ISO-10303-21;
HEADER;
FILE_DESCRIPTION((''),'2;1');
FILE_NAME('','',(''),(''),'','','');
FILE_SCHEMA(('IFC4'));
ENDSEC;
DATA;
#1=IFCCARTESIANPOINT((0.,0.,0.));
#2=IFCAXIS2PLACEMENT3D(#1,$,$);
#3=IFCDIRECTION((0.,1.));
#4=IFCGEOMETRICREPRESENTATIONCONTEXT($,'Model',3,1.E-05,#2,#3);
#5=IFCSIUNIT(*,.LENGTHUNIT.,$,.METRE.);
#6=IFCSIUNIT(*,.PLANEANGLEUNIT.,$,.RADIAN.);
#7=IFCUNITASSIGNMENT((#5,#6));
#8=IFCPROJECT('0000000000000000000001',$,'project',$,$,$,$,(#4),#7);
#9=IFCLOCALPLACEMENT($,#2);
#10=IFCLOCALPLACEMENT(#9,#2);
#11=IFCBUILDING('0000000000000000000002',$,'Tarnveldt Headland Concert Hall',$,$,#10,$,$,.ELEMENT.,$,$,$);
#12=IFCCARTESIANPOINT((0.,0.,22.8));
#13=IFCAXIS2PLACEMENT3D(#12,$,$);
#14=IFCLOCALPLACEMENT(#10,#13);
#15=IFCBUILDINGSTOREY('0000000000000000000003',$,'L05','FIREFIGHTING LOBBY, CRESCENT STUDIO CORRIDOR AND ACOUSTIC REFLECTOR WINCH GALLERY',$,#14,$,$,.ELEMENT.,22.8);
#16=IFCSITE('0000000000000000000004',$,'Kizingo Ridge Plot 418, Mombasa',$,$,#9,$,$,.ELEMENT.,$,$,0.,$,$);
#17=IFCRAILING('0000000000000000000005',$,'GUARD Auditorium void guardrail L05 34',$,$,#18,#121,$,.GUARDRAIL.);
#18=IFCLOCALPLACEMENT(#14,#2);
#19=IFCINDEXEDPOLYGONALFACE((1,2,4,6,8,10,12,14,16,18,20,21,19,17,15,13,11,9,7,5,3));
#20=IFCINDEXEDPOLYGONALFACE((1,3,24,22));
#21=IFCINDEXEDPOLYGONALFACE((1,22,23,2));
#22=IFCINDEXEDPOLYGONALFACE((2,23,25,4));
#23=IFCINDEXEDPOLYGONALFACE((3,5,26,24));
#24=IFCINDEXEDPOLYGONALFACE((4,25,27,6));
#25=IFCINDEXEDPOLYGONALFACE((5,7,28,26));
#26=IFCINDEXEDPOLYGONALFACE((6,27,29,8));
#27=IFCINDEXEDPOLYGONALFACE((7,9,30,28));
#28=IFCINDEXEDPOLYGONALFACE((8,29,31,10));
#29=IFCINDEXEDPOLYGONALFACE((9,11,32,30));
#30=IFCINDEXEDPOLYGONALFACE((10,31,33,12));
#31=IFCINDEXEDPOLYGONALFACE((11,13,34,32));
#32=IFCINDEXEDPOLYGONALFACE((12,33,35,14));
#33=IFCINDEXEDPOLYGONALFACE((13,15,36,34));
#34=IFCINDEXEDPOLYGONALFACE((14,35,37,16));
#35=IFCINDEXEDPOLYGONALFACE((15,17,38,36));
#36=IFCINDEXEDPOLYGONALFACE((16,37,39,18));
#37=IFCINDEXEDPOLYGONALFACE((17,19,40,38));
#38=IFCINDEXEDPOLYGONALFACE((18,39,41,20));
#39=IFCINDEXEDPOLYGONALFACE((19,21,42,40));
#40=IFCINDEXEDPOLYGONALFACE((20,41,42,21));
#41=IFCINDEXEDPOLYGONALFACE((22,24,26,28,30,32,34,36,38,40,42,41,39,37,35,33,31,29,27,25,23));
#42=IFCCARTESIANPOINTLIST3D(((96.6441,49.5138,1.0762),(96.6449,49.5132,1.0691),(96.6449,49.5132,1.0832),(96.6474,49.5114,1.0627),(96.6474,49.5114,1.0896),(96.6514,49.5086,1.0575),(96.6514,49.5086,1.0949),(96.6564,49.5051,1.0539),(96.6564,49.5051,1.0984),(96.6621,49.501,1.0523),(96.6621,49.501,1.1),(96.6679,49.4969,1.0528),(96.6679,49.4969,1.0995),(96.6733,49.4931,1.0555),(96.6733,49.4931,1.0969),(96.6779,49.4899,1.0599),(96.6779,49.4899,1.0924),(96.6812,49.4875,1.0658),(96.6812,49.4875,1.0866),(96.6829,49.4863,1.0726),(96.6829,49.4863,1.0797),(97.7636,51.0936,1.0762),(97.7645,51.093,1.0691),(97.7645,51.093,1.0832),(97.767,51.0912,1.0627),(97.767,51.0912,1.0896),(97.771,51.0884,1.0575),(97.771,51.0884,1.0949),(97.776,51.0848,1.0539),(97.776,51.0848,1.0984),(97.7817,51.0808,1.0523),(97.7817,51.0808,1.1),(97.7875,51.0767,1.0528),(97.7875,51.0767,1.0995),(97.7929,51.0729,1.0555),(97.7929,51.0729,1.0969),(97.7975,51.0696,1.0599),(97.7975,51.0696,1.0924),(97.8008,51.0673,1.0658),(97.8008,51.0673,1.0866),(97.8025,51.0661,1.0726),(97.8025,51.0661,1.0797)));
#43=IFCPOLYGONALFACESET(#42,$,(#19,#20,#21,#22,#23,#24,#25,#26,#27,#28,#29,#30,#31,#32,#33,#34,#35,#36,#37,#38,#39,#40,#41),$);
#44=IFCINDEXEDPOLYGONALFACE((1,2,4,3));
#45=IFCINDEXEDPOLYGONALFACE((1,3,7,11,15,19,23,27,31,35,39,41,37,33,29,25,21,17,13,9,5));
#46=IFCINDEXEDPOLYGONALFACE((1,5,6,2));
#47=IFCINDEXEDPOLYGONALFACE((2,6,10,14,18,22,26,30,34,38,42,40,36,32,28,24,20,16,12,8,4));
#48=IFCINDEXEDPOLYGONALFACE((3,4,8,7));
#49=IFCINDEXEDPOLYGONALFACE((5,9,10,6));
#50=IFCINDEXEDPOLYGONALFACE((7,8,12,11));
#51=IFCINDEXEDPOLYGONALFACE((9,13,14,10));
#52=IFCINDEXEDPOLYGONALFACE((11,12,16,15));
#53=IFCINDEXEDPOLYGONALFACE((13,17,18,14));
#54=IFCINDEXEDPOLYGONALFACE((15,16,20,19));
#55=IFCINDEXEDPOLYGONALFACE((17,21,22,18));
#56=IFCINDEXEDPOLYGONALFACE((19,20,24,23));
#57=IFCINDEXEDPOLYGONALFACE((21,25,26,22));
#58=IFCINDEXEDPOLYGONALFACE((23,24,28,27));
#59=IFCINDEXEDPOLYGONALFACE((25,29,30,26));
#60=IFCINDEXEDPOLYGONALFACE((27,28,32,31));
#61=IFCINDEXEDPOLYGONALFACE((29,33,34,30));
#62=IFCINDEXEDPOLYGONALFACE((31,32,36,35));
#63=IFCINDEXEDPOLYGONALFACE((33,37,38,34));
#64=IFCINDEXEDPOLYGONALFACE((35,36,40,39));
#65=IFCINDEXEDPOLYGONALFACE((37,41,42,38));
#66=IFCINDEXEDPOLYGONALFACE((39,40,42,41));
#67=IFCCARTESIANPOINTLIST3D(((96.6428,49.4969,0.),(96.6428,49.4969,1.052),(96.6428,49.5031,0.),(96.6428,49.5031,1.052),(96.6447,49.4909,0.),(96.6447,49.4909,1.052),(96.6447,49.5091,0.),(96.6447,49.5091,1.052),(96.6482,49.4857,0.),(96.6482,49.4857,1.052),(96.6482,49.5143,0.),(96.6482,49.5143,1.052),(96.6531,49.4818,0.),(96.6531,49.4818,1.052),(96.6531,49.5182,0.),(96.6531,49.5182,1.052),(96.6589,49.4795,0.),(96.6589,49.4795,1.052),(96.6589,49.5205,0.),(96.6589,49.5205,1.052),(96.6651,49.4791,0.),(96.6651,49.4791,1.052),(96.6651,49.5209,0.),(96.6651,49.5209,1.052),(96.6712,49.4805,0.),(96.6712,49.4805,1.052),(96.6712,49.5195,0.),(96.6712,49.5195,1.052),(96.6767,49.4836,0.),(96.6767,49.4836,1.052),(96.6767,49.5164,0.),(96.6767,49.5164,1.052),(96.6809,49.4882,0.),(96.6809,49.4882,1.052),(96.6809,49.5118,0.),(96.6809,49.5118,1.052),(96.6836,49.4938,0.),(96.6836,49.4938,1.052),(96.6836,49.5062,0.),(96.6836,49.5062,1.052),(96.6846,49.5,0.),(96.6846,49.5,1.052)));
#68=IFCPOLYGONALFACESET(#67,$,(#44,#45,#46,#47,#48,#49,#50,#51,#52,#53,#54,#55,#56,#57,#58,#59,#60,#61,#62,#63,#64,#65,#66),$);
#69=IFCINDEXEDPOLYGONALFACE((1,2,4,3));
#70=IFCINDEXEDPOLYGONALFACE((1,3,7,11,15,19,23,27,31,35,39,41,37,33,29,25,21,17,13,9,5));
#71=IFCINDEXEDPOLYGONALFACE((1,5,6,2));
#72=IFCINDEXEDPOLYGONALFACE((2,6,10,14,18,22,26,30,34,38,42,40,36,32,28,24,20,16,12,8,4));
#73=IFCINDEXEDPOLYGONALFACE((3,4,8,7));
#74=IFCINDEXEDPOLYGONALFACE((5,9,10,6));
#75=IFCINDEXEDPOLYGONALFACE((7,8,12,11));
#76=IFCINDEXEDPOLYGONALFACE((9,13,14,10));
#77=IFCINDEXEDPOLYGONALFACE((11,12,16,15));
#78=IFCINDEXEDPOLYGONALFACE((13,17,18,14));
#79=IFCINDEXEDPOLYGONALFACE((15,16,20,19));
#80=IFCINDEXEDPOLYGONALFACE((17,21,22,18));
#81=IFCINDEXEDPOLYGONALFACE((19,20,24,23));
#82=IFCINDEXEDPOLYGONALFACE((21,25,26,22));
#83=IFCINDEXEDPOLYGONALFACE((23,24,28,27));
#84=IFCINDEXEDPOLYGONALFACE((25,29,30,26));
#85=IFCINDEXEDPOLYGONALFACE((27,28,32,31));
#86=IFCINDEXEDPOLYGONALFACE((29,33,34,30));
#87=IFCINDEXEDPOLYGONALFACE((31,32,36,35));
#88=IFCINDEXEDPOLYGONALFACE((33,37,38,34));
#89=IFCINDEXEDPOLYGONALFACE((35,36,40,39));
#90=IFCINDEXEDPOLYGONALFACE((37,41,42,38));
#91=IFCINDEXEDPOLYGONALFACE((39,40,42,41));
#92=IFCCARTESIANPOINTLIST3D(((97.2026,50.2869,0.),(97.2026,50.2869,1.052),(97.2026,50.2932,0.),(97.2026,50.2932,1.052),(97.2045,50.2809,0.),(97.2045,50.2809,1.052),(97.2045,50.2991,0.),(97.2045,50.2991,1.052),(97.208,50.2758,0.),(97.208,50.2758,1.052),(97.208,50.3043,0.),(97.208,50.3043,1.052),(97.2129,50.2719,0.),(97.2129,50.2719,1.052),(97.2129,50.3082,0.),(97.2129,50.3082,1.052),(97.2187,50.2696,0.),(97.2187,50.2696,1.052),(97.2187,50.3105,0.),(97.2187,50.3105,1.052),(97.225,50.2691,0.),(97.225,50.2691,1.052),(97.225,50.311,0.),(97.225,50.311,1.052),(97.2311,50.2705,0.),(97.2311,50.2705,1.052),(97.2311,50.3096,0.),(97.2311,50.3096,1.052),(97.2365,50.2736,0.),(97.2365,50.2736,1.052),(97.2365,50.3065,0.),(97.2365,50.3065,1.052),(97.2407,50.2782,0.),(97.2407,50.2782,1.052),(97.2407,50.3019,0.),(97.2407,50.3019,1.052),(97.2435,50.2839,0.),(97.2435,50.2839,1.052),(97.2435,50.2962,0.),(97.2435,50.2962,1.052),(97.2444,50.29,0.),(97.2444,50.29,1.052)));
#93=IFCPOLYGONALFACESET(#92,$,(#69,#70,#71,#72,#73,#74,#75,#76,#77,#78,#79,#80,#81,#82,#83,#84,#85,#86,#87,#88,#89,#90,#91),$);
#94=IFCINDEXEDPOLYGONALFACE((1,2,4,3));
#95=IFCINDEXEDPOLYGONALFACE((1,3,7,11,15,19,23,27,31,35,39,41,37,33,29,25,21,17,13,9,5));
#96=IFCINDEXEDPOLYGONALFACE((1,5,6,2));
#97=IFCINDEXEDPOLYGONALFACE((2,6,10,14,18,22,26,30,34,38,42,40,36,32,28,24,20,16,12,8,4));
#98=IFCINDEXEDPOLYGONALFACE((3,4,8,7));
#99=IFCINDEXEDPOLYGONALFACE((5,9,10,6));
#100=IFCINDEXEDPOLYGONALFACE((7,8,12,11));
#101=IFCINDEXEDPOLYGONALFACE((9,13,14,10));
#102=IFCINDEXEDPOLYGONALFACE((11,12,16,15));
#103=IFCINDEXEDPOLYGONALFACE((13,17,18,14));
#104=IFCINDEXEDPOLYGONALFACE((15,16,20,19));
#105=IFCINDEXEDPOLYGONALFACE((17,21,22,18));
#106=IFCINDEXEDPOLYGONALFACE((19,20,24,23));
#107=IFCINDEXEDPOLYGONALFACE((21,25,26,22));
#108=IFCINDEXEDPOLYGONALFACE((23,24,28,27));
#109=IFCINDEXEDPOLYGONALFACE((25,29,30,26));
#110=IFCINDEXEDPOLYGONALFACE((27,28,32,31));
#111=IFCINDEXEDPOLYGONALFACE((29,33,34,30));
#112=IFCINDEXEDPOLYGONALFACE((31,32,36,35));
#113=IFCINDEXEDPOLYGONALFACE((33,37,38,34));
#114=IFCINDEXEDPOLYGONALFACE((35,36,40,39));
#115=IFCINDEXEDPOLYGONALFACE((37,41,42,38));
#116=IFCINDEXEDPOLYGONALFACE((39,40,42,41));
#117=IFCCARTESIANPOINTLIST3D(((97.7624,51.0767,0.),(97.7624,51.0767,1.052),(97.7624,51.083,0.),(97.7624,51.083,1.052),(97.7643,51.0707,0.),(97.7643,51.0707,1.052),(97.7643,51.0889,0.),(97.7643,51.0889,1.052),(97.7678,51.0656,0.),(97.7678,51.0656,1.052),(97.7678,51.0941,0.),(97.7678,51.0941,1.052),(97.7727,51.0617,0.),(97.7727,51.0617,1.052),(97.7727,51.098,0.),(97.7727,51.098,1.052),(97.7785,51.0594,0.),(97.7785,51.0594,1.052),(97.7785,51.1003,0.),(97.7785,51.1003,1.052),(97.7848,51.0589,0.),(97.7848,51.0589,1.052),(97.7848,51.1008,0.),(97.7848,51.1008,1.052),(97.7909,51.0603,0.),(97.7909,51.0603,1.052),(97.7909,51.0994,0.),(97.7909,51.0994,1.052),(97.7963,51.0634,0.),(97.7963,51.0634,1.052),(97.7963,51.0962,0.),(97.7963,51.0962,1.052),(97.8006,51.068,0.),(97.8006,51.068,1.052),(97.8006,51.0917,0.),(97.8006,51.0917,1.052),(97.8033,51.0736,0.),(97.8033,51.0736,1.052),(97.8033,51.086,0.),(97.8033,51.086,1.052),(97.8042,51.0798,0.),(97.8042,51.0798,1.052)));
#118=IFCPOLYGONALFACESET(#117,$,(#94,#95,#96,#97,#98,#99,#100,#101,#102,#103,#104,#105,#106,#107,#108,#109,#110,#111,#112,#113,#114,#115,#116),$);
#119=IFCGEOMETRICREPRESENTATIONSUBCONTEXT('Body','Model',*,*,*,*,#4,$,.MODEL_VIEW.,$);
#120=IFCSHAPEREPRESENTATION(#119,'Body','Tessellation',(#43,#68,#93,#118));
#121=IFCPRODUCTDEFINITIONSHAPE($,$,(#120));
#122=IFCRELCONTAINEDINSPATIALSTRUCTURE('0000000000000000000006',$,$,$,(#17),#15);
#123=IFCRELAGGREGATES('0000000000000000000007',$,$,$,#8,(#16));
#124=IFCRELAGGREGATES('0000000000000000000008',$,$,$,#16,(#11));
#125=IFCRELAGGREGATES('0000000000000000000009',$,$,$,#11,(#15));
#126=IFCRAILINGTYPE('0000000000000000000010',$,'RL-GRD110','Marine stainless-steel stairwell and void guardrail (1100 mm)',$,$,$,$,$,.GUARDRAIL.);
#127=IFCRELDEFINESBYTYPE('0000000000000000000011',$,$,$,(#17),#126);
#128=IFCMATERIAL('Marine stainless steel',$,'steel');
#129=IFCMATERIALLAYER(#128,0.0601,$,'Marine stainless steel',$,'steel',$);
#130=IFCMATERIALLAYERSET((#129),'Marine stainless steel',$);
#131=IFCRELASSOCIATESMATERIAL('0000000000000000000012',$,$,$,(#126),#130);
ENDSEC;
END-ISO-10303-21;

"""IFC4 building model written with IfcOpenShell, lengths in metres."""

from ifc_helpers import new_model, si_unit, direction, frame, origin, origin_2d, place, context, subcontext, project, spatial, circle, extrude, material, layer, layer_set, type_object, element, save


model = new_model("IFC4")

# Units and contexts
model_context = context("Model", 3, precision=1e-05, world=origin(), true_north=direction((0.0, 1.0)))
body_context = subcontext(model_context, "Body", "Model", "MODEL_VIEW")
ifc_project = project(units=[si_unit("LENGTHUNIT", "METRE"), si_unit("PLANEANGLEUNIT", "RADIAN")], contexts=[model_context])

# Site, building, storey
site_placement = place(None, origin())
site = spatial("IfcSite", under=ifc_project, at=site_placement, Name="Kizingo Ridge Plot 418, Mombasa", CompositionType="ELEMENT", RefElevation=0.0)
building_placement = place(site_placement, origin())
building = spatial("IfcBuilding", under=site, at=building_placement, Name="Tarnveldt Headland Concert Hall", CompositionType="ELEMENT")
storey_placement = place(building_placement, frame((0.0, 0.0, 22.8)))
storey = spatial("IfcBuildingStorey", under=building, at=storey_placement, Name="L05", Description="FIREFIGHTING LOBBY, CRESCENT STUDIO CORRIDOR AND ACOUSTIC REFLECTOR WINCH GALLERY", CompositionType="ELEMENT", Elevation=22.8)

# Railing
ifc_material_1 = material(Name="Marine stainless steel", Category="steel")
ifc_layer_1 = layer(ifc_material_1, 0.0601, Name="Marine stainless steel", Category="steel")
ifc_layer_set_1 = layer_set([ifc_layer_1], Name="Marine stainless steel")
railing_type = type_object("IfcRailingType", Name="RL-GRD110", Description="Marine stainless-steel stairwell and void guardrail (1100 mm)", PredefinedType="GUARDRAIL", material=ifc_layer_set_1)
railing_1_placement = place(storey_placement, frame((96.6636, 49.5, 0.0)))
element("IfcRailing", 1, at=railing_1_placement, inside=storey, type_object=railing_type, Name="GUARD Auditorium void guardrail L05 34", PredefinedType="GUARDRAIL", context=body_context, shape_type="SweptSolid", body=[
    extrude(circle(Radius=0.0239, at=origin_2d()), frame((0.0, 0.0, 1.0762), z_axis=(0.578217, 0.815883, 0.0), x_axis=(-0.815883, 0.578217, 0.0)), (0.0, 0.0, 1.0), 1.9363),
    extrude(circle(Radius=0.021, at=origin_2d()), origin(), (0.0, 0.0, 1.0), 1.052),
    extrude(circle(Radius=0.021, at=origin_2d()), frame((0.5598, 0.79, 0.0)), (0.0, 0.0, 1.0), 1.052),
    extrude(circle(Radius=0.021, at=origin_2d()), frame((1.1196, 1.5798, 0.0)), (0.0, 0.0, 1.0), 1.052),
])

save(model, "model.ifc")
